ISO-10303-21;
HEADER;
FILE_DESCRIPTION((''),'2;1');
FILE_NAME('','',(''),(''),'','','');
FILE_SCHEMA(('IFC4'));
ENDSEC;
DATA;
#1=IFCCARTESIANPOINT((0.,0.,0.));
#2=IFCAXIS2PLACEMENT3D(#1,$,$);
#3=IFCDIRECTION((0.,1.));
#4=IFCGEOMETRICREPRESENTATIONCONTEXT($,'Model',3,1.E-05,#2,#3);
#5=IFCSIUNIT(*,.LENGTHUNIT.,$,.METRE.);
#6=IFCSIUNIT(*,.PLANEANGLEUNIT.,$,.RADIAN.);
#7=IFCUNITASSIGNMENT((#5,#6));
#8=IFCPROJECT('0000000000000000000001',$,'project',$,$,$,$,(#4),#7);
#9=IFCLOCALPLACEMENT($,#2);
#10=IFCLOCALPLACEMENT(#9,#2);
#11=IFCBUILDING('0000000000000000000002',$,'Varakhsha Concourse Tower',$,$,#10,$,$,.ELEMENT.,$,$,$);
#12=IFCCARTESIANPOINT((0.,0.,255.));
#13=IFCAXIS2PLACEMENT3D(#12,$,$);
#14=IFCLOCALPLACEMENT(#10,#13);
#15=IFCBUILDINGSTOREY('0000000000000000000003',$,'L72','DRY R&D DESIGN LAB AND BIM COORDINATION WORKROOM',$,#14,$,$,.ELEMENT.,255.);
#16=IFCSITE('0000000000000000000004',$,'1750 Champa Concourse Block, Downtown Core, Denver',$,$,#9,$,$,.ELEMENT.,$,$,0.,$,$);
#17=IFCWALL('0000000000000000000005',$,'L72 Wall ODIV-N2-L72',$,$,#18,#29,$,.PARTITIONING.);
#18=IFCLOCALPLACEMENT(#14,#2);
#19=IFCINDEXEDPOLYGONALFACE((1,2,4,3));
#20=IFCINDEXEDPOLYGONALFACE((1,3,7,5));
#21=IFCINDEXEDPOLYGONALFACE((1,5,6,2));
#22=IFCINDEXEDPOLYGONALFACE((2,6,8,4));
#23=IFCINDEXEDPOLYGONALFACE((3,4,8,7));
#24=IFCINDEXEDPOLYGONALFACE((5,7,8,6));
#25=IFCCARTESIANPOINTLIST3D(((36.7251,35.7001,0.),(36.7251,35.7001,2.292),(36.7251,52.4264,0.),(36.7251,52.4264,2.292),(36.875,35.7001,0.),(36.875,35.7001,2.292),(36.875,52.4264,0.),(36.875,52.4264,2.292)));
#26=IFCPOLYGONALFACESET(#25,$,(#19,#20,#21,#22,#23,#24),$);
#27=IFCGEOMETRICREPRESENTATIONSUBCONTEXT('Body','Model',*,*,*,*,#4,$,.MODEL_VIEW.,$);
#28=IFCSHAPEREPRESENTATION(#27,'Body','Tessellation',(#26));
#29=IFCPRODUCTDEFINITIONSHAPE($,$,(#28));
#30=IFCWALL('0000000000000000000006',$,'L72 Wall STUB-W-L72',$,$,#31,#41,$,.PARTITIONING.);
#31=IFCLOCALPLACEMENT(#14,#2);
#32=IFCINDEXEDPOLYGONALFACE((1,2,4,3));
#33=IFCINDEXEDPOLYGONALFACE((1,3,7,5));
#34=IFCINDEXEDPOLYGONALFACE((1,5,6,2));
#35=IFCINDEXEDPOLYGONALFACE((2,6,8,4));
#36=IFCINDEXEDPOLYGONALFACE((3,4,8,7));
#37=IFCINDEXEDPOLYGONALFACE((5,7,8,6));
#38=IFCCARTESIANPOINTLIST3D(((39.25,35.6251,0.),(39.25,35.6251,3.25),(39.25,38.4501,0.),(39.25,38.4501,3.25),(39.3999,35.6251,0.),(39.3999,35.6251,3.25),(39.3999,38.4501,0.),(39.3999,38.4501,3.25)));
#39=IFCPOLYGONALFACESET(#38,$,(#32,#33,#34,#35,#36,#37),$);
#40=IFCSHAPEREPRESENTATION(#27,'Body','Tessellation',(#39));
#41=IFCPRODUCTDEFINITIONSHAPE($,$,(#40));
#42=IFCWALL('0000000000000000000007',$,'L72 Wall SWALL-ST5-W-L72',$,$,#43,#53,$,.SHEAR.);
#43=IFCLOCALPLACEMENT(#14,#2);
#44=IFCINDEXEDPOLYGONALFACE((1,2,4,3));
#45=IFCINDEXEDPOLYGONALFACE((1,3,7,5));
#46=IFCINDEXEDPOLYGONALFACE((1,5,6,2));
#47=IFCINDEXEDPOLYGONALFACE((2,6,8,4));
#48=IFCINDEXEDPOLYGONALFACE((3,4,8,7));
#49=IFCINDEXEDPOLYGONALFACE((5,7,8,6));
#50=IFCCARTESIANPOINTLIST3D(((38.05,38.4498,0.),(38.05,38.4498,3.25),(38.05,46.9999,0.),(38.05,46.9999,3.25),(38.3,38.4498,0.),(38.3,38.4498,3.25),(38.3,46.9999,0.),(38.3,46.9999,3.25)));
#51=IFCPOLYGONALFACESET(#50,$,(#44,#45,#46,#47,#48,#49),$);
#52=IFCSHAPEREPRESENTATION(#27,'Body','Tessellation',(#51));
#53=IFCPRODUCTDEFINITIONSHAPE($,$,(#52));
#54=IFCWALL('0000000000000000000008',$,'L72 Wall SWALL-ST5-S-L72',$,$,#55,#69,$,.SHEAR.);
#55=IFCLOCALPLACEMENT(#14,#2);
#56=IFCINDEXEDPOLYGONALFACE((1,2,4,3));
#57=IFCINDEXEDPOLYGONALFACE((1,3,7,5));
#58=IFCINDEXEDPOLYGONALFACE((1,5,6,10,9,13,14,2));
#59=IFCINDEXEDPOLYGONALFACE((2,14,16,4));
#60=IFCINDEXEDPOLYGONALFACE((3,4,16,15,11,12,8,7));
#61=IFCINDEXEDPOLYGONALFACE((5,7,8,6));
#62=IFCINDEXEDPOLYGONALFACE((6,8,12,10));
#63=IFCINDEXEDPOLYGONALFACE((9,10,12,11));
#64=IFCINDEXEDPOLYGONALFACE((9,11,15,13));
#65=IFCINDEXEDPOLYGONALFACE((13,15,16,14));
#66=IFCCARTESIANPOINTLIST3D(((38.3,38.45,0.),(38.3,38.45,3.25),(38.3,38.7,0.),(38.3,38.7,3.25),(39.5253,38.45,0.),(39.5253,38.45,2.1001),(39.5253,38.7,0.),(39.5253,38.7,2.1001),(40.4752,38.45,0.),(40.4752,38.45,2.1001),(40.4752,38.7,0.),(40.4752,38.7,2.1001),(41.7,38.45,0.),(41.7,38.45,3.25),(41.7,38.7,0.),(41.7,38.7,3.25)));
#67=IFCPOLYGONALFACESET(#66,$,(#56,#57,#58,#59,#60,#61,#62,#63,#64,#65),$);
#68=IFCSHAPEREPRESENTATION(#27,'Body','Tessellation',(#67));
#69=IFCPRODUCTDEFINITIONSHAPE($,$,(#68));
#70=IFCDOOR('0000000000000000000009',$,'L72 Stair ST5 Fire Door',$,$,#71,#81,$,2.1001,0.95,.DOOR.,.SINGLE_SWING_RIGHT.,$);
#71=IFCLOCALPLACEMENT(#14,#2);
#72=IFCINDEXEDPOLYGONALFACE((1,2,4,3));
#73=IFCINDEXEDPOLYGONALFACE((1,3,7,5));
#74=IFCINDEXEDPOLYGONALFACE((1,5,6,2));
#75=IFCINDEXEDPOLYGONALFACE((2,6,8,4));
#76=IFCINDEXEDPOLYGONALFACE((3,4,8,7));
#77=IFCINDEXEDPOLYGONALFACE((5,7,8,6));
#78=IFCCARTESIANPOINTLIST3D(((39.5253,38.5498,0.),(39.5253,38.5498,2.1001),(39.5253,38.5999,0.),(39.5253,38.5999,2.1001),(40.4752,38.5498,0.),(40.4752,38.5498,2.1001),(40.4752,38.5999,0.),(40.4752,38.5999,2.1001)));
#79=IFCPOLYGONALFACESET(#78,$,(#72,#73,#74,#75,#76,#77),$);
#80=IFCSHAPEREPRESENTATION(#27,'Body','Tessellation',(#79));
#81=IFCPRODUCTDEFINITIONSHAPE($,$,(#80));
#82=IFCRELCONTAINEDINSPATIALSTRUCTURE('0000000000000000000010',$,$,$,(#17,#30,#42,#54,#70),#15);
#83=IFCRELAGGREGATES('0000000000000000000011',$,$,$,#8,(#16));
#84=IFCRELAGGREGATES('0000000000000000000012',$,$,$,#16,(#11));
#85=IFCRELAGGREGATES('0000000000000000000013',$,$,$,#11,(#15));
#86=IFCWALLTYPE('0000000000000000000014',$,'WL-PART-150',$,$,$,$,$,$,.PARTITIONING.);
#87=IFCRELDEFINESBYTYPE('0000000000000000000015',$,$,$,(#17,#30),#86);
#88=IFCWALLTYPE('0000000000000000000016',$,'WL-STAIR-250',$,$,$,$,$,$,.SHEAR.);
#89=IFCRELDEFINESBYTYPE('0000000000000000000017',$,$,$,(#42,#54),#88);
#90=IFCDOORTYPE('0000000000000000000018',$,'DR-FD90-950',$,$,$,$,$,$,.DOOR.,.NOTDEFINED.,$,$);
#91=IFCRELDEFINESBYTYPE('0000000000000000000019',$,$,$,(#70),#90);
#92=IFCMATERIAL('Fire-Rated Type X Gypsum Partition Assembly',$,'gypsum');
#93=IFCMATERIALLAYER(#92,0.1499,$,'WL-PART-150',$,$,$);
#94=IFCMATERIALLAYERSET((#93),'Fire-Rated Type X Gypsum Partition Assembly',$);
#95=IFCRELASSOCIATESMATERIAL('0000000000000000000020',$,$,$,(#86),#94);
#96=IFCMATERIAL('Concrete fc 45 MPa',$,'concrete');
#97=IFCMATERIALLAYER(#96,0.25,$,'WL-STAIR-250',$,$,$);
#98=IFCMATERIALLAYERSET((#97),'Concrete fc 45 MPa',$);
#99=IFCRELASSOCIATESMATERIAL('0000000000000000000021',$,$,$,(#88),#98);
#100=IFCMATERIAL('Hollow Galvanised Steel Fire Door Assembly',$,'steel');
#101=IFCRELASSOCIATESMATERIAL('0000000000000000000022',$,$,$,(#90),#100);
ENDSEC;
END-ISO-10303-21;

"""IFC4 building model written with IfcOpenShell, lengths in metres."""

from ifc_helpers import new_model, si_unit, direction, frame, frame_2d, origin, place, context, subcontext, project, spatial, rectangle, extrude, material, layer, layer_set, type_object, element, fill, save


model = new_model("IFC4")

# Units and contexts
model_context = context("Model", 3, precision=1e-05, world=origin(), true_north=direction((0.0, 1.0)))
body_context = subcontext(model_context, "Body", "Model", "MODEL_VIEW")
ifc_project = project(units=[si_unit("LENGTHUNIT", "METRE"), si_unit("PLANEANGLEUNIT", "RADIAN")], contexts=[model_context])

# Site, building, storey
site_placement = place(None, origin())
site = spatial("IfcSite", under=ifc_project, at=site_placement, Name="1750 Champa Concourse Block, Downtown Core, Denver", CompositionType="ELEMENT", RefElevation=0.0)
building_placement = place(site_placement, origin())
building = spatial("IfcBuilding", under=site, at=building_placement, Name="Varakhsha Concourse Tower", CompositionType="ELEMENT")
storey_placement = place(building_placement, frame((0.0, 0.0, 255.0)))
storey = spatial("IfcBuildingStorey", under=building, at=storey_placement, Name="L72", Description="DRY R&D DESIGN LAB AND BIM COORDINATION WORKROOM", CompositionType="ELEMENT", Elevation=255.0)

# Shared definitions
ifc_material_1 = material(Name="Fire-Rated Type X Gypsum Partition Assembly", Category="gypsum")
ifc_layer_1 = layer(ifc_material_1, 0.1499, Name="WL-PART-150")
ifc_layer_set_1 = layer_set([ifc_layer_1], Name="Fire-Rated Type X Gypsum Partition Assembly")
wall_type_1 = type_object("IfcWallType", Name="WL-PART-150", PredefinedType="PARTITIONING", material=ifc_layer_set_1)
ifc_material_2 = material(Name="Hollow Galvanised Steel Fire Door Assembly", Category="steel")

# Walls
wall_1_placement = place(storey_placement, frame((36.8, 35.7, 0.0), z_axis=(0.0, 0.0, 1.0), x_axis=(0.0, 1.0, 0.0)))
element("IfcWall", 1, at=wall_1_placement, inside=storey, type_object=wall_type_1, Name="L72 Wall ODIV-N2-L72", PredefinedType="PARTITIONING", context=body_context, shape_type="SweptSolid", body=[
    extrude(rectangle(XDim=16.7263, YDim=0.1499, at=frame_2d((8.3633, 0.0))), origin(), (0.0, 0.0, 1.0), 2.292),
])
wall_2_placement = place(storey_placement, frame((39.325, 35.625, 0.0), z_axis=(0.0, 0.0, 1.0), x_axis=(0.0, 1.0, 0.0)))
element("IfcWall", 2, at=wall_2_placement, inside=storey, type_object=wall_type_1, Name="L72 Wall STUB-W-L72", PredefinedType="PARTITIONING", context=body_context, shape_type="SweptSolid", body=[
    extrude(rectangle(XDim=2.825, YDim=0.1499, at=frame_2d((1.4126, 0.0))), origin(), (0.0, 0.0, 1.0), 3.25),
])
ifc_material_3 = material(Name="Concrete fc 45 MPa", Category="concrete")
ifc_layer_2 = layer(ifc_material_3, 0.25, Name="WL-STAIR-250")
ifc_layer_set_2 = layer_set([ifc_layer_2], Name="Concrete fc 45 MPa")
wall_type_2 = type_object("IfcWallType", Name="WL-STAIR-250", PredefinedType="SHEAR", material=ifc_layer_set_2)
wall_3_placement = place(storey_placement, frame((38.175, 38.45, 0.0), z_axis=(0.0, 0.0, 1.0), x_axis=(0.0, 1.0, 0.0)))
element("IfcWall", 3, at=wall_3_placement, inside=storey, type_object=wall_type_2, Name="L72 Wall SWALL-ST5-W-L72", PredefinedType="SHEAR", context=body_context, shape_type="SweptSolid", body=[
    extrude(rectangle(XDim=8.55, YDim=0.25, at=frame_2d((4.2749, 0.0))), origin(), (0.0, 0.0, 1.0), 3.25),
])

# Wall, opening, door
wall_4_placement = place(storey_placement, frame((38.3, 38.575, 0.0), z_axis=(0.0, 0.0, 1.0), x_axis=(1.0, 0.0, 0.0)))
wall_4 = element("IfcWall", 4, at=wall_4_placement, inside=storey, type_object=wall_type_2, Name="L72 Wall SWALL-ST5-S-L72", PredefinedType="SHEAR", context=body_context, shape_type="SweptSolid", body=[
    extrude(rectangle(XDim=3.3999, YDim=0.25, at=frame_2d((1.7, 0.0))), origin(), (0.0, 0.0, 1.0), 3.25),
])
opening_1_placement = place(wall_4_placement, frame((1.2251, 0.0, 0.0)))
opening_1 = element("IfcOpeningElement", 5, at=opening_1_placement, cuts=wall_4, PredefinedType="OPENING", context=body_context, shape_type="SweptSolid", body=[
    extrude(rectangle(XDim=0.95, YDim=2.1001, at=frame_2d((0.4751, 1.05))), frame((0.0, 0.135, 0.0), z_axis=(0.0, -1.0, 0.0), x_axis=(1.0, 0.0, 0.0)), (0.0, 0.0, 1.0), 0.27),
])
door_type_1 = type_object("IfcDoorType", Name="DR-FD90-950", OperationType="NOTDEFINED", PredefinedType="DOOR", material=ifc_material_2)
door_1_placement = place(opening_1_placement, origin())
door_1 = element("IfcDoor", 6, at=door_1_placement, inside=storey, type_object=door_type_1, Name="L72 Stair ST5 Fire Door", OperationType="SINGLE_SWING_RIGHT", OverallHeight=2.1001, OverallWidth=0.95, PredefinedType="DOOR", context=body_context, shape_type="SweptSolid", body=[
    extrude(rectangle(XDim=0.95, YDim=2.1001, at=frame_2d((0.4751, 1.05))), frame((0.0, 0.0249, 0.0), z_axis=(0.0, -1.0, 0.0), x_axis=(1.0, 0.0, 0.0)), (0.0, 0.0, 1.0), 0.05),
])
fill(opening_1, door_1)

save(model, "model.ifc")
